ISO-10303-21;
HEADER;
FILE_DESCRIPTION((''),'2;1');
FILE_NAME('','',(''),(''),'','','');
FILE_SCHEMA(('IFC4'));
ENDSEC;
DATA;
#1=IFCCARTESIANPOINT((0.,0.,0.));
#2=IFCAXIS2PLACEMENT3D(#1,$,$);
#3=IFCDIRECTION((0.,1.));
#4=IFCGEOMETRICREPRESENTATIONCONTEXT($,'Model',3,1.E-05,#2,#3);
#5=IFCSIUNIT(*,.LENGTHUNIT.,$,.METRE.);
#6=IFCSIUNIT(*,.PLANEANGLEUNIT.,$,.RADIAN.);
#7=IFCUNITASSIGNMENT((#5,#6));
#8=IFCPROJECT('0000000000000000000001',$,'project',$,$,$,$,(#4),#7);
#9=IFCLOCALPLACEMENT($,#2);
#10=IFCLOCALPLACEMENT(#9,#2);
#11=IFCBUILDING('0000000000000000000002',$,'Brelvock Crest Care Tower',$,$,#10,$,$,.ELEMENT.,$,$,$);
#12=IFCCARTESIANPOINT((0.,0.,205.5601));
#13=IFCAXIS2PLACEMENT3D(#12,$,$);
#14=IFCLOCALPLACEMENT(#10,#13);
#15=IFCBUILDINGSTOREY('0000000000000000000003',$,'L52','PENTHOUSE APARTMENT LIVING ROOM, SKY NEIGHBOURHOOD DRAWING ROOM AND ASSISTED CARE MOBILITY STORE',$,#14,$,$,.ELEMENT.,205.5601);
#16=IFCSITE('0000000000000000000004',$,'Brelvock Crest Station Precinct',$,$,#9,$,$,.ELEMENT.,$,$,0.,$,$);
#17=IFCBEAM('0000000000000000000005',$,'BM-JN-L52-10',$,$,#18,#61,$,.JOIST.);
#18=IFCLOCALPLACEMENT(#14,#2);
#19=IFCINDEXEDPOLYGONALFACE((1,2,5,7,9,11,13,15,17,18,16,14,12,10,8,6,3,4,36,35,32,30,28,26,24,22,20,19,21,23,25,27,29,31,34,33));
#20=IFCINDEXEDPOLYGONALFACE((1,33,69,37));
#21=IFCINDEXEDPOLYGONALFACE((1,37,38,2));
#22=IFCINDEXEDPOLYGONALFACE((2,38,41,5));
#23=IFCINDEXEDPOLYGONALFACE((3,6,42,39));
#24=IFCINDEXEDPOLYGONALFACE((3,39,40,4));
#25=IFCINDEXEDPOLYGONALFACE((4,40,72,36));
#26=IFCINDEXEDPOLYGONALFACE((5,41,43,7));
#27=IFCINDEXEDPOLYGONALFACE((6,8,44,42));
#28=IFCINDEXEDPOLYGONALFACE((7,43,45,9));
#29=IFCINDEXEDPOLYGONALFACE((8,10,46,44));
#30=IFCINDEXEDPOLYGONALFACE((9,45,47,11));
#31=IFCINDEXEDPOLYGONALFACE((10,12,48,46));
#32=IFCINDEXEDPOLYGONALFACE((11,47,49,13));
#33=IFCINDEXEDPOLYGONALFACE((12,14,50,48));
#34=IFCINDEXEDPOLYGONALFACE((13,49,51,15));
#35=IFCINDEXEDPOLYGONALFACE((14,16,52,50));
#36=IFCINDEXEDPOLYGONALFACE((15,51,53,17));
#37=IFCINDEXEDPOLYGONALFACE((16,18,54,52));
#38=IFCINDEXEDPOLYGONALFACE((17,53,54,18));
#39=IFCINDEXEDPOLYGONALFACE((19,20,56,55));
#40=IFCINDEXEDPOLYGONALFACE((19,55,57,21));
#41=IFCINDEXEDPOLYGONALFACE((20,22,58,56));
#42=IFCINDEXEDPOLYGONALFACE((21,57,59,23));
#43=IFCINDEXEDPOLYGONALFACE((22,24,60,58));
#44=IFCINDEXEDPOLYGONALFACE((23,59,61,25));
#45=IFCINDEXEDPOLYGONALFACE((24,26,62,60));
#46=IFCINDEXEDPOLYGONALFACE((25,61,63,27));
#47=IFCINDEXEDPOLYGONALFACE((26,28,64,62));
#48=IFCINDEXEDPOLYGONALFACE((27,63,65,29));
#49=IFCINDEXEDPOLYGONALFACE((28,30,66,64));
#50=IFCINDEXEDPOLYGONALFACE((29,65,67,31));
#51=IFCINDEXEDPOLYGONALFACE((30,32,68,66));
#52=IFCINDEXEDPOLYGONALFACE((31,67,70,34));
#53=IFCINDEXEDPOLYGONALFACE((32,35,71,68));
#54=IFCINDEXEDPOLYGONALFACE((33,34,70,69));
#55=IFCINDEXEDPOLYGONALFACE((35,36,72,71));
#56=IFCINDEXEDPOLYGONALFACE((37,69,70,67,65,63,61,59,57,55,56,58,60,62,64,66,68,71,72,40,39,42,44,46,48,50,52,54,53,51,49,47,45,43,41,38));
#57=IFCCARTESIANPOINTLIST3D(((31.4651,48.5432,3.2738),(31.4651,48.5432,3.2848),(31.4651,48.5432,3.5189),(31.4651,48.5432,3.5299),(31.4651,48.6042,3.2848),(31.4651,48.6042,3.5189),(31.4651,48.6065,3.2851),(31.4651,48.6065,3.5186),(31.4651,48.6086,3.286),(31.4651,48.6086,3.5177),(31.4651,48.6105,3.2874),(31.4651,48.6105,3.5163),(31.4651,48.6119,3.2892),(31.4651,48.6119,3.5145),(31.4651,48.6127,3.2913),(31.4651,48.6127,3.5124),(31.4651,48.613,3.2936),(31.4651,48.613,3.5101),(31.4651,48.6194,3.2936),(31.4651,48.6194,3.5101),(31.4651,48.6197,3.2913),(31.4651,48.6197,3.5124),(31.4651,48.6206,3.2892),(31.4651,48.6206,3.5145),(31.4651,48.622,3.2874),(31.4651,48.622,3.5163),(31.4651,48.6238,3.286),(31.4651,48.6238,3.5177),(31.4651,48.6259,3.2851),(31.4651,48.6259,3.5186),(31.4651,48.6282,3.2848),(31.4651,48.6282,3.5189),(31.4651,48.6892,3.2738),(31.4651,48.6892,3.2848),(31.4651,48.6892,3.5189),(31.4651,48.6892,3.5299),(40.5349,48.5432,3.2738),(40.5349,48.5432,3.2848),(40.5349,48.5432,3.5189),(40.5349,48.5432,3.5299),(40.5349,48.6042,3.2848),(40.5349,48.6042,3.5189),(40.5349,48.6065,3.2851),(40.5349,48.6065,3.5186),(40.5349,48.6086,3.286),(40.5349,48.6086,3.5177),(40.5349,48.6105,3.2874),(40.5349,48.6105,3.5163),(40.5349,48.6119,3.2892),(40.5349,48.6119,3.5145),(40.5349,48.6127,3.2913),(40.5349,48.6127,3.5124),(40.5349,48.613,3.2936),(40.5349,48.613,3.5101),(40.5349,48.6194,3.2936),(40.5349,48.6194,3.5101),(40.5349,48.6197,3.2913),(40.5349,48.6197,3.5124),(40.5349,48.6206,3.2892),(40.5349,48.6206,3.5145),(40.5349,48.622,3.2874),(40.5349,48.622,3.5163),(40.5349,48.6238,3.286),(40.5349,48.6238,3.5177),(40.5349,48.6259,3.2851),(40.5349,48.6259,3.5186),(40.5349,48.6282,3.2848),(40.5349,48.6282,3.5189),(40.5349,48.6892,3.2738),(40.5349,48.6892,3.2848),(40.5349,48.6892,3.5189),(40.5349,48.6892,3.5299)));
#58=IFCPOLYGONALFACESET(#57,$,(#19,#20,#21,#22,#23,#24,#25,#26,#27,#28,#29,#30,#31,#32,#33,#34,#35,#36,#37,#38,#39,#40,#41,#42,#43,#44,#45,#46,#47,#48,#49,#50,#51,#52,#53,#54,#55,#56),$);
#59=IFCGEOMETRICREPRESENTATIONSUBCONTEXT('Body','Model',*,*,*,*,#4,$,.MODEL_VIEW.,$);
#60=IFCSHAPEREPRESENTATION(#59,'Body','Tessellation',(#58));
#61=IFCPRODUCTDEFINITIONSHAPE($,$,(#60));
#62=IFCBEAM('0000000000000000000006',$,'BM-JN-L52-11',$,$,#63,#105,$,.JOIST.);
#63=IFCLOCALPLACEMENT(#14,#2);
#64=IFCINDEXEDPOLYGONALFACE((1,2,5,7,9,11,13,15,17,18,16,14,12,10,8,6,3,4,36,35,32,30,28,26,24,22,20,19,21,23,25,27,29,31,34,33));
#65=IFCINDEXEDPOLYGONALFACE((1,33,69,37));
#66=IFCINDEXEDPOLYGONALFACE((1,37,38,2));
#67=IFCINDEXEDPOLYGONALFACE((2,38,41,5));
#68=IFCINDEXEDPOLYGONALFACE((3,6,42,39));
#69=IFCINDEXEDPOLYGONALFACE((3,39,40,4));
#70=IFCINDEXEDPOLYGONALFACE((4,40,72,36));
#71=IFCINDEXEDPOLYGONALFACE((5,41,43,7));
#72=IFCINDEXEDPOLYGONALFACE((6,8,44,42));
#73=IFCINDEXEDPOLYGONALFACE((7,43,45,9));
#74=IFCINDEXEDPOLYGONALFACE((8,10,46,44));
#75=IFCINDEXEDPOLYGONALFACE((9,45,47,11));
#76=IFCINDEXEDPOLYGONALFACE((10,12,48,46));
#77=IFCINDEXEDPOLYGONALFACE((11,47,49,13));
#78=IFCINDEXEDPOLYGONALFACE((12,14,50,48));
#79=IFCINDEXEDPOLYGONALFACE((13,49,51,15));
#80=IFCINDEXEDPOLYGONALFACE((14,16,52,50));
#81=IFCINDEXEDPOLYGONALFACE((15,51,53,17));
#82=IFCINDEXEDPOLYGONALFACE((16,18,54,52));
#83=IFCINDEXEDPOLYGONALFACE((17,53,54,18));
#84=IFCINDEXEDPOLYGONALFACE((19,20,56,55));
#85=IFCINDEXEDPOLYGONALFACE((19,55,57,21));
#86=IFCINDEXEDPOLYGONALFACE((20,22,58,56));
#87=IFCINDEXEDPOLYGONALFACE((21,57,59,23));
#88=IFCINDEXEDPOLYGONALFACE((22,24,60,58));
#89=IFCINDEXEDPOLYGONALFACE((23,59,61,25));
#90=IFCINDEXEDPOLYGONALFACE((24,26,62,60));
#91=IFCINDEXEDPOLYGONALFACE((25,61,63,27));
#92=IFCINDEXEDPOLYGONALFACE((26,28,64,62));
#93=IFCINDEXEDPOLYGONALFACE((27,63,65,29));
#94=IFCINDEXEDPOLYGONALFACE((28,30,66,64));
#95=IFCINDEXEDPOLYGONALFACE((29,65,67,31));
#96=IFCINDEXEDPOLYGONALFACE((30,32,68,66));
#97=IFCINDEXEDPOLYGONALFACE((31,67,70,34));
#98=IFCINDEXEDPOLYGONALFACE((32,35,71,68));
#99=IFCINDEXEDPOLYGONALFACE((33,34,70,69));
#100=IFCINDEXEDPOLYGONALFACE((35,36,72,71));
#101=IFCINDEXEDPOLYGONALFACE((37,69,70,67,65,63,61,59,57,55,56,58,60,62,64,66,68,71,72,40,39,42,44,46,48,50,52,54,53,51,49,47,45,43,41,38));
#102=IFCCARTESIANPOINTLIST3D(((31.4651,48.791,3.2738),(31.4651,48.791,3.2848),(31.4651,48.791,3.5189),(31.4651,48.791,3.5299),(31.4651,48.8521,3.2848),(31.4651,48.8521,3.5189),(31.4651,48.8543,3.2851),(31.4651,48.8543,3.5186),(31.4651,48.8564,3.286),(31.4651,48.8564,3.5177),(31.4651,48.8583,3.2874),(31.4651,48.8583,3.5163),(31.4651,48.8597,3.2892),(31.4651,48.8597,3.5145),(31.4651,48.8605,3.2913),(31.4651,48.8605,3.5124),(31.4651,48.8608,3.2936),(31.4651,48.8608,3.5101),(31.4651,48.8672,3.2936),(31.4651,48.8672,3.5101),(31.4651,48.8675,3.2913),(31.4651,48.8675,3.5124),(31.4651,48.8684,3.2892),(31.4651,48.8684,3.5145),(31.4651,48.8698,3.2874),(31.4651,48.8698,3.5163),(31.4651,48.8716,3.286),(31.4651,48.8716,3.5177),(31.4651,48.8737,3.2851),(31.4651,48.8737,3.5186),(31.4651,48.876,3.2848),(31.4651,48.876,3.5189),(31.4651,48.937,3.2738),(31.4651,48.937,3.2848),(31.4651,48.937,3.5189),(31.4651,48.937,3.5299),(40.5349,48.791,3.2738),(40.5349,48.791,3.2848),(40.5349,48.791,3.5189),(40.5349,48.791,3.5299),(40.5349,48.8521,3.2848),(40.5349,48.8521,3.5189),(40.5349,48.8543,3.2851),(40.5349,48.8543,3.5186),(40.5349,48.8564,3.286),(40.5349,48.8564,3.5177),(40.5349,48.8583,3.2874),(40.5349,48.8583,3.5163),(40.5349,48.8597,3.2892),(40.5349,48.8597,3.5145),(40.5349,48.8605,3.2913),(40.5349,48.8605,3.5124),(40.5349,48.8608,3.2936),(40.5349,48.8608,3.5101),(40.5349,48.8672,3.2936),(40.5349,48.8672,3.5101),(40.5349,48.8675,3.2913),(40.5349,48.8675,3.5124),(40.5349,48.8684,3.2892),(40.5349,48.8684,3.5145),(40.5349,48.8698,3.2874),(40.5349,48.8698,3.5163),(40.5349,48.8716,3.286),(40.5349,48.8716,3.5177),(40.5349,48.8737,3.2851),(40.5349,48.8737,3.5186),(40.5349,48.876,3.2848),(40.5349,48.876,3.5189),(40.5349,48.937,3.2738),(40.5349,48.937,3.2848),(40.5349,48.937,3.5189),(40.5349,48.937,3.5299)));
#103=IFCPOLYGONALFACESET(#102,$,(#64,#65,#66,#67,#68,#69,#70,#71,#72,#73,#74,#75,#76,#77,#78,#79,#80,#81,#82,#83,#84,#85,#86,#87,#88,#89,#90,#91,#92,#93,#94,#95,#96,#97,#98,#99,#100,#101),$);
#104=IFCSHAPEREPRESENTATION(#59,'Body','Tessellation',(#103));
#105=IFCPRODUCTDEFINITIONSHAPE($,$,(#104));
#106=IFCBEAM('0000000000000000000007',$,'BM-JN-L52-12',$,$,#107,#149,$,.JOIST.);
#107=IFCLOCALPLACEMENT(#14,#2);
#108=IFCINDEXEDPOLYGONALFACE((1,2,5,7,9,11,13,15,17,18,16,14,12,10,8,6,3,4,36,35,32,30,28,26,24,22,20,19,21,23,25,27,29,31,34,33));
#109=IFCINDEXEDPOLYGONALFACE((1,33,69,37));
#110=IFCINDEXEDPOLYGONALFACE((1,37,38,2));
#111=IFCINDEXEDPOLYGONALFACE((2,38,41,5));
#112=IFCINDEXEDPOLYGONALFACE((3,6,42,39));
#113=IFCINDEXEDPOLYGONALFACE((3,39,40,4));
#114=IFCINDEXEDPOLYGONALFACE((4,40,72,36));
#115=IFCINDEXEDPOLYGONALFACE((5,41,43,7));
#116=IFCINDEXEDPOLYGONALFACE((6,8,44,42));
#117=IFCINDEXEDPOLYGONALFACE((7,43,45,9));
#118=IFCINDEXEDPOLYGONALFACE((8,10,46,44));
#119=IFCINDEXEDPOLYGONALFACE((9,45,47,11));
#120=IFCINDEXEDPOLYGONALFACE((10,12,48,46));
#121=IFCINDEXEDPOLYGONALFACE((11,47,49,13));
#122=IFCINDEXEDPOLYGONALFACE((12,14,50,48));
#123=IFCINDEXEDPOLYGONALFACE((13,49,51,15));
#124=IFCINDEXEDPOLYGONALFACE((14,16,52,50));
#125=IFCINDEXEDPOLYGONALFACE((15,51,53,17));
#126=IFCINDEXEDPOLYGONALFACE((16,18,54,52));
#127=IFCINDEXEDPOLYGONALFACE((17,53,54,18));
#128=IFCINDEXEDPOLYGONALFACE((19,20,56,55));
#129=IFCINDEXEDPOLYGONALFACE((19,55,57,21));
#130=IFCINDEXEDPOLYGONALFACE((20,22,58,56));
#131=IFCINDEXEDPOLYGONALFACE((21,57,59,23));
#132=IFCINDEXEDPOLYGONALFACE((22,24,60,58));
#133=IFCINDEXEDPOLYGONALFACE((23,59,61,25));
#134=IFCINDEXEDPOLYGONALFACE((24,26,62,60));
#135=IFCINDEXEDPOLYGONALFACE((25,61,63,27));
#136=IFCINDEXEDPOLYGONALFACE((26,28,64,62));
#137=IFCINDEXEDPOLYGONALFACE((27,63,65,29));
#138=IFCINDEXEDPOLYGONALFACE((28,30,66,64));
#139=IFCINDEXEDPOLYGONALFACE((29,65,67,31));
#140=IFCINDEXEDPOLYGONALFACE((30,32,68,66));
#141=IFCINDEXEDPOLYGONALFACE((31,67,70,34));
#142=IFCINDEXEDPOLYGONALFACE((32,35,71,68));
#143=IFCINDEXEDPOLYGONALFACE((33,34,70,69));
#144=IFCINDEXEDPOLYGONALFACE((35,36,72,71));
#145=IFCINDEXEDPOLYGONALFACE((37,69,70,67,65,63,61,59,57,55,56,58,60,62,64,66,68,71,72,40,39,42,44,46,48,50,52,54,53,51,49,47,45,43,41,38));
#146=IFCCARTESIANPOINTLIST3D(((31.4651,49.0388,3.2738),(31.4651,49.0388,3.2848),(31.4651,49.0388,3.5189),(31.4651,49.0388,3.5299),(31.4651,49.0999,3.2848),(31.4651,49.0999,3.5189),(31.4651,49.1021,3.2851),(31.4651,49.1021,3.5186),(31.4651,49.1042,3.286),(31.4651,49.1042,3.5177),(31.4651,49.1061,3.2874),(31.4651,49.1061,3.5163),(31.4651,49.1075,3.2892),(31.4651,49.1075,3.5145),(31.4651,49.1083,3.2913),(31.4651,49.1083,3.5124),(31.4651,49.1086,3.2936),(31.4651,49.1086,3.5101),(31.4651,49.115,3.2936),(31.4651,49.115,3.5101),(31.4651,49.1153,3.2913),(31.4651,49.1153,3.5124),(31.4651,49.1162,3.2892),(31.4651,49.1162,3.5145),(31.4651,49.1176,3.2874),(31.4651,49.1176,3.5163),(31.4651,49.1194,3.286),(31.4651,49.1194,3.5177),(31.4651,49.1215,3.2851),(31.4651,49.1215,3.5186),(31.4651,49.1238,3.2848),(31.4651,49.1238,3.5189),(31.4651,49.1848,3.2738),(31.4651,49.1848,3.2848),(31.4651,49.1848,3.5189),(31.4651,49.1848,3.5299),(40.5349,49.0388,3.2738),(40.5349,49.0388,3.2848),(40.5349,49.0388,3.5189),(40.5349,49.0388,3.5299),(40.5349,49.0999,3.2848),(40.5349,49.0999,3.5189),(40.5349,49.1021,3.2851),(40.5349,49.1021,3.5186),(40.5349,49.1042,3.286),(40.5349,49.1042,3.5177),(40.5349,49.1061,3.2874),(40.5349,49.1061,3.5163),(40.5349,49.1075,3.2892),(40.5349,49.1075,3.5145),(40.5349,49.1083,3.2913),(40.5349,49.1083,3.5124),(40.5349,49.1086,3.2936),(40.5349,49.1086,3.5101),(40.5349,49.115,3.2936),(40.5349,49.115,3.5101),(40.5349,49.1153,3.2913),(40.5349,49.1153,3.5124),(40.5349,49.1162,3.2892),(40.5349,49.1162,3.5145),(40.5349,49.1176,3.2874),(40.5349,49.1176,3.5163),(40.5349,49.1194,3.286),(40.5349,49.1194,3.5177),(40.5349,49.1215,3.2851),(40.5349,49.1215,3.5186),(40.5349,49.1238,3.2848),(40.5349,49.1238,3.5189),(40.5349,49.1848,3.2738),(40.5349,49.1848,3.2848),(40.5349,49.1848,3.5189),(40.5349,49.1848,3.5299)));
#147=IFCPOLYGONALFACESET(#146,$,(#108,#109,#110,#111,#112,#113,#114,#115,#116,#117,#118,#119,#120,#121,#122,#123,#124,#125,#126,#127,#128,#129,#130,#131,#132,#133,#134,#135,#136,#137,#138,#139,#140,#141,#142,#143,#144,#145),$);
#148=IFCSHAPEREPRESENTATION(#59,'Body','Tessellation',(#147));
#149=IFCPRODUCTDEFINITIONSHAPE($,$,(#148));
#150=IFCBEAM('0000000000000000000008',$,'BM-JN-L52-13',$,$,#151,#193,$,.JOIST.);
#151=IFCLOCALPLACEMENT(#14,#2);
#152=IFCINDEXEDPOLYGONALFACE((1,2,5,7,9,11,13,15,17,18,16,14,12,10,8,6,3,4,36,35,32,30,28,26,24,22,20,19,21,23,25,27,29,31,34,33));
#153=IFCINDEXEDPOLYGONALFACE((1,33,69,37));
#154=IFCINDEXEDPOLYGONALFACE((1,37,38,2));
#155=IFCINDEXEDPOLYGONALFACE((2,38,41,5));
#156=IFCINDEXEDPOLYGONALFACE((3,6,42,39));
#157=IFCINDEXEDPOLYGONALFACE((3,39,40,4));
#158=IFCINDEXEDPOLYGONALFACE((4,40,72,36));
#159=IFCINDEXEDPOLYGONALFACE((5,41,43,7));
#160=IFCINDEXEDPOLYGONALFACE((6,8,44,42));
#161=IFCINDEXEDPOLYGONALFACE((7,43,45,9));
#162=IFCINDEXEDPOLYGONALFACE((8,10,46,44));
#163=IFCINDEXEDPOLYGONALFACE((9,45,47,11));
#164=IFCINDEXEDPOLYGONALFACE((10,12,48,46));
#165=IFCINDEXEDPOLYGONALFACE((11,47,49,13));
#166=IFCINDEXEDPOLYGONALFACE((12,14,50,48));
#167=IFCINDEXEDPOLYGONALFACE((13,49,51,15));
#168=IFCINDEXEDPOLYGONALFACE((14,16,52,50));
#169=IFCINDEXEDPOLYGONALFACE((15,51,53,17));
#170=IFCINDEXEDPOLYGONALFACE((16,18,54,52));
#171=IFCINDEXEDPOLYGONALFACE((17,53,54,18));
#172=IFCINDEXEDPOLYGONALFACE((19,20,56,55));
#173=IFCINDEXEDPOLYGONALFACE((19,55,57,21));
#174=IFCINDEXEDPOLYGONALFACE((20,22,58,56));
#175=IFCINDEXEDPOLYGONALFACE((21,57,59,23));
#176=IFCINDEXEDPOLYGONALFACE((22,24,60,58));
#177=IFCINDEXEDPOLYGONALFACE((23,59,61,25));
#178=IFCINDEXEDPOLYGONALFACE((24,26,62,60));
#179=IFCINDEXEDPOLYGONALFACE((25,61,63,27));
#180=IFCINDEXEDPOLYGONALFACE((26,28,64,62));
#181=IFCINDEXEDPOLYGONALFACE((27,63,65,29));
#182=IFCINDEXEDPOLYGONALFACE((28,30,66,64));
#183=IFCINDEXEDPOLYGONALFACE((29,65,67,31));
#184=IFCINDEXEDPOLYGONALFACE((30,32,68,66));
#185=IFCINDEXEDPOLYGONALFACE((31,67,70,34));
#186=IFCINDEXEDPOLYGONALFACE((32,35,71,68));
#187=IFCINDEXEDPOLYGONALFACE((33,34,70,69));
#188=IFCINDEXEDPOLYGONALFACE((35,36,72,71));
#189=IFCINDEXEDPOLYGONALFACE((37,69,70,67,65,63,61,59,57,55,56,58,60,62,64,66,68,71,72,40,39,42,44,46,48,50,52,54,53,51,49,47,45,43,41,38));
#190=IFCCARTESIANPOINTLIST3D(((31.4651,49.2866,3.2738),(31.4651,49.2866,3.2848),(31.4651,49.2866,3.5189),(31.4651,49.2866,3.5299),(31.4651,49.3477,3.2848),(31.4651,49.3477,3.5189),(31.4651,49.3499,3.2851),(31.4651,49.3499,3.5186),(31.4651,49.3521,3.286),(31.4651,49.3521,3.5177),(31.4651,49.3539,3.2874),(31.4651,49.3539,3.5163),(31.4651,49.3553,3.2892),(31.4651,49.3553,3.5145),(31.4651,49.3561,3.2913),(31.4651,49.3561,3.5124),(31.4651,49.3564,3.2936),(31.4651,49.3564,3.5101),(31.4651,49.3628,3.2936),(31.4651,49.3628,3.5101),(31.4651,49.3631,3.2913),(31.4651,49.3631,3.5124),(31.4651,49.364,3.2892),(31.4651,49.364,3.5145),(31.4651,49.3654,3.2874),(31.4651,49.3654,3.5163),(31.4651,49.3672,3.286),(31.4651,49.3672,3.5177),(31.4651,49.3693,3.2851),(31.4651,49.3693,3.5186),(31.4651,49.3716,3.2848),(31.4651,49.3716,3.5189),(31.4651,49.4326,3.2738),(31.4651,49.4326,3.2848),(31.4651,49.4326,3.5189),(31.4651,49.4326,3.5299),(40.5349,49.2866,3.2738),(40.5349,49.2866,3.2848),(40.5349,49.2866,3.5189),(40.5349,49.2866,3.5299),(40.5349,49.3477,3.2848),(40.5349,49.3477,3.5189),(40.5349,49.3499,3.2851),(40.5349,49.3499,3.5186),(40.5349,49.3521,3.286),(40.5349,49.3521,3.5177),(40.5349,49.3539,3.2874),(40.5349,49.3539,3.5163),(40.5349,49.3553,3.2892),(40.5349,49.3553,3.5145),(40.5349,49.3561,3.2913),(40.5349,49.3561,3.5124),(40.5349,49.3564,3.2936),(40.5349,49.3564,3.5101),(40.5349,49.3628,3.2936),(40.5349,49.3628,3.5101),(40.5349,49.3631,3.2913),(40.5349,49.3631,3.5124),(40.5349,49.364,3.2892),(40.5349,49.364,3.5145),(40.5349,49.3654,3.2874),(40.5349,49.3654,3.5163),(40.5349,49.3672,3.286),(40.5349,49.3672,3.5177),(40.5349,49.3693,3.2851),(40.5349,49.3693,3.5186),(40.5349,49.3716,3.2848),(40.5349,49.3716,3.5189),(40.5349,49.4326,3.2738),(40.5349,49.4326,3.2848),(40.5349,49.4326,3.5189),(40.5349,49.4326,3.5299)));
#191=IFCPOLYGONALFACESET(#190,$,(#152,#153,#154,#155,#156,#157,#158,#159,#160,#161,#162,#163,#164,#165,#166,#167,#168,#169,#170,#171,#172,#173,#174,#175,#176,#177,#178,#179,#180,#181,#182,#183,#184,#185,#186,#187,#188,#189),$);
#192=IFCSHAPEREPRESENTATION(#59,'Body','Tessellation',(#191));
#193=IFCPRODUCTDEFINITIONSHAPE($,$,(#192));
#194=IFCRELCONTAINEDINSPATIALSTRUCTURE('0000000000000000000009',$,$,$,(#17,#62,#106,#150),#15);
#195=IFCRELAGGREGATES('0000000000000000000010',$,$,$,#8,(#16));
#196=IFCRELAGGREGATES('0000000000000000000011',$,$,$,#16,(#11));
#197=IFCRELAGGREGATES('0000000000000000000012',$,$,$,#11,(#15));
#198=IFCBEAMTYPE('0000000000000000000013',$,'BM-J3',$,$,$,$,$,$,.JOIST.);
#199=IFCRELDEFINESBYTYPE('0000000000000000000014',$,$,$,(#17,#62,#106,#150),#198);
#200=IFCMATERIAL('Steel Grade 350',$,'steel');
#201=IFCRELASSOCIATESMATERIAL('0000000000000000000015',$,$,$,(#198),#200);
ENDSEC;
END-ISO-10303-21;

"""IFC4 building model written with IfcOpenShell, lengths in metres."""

from ifc_helpers import new_model, si_unit, direction, frame, origin, origin_2d, place, context, subcontext, project, spatial, i_section, extrude, source, transform, mapped, material, material_profile, profile_set, type_object, element, save


model = new_model("IFC4")

# Units and contexts
model_context = context("Model", 3, precision=1e-05, world=origin(), true_north=direction((0.0, 1.0)))
body_context = subcontext(model_context, "Body", "Model", "MODEL_VIEW")
ifc_project = project(units=[si_unit("LENGTHUNIT", "METRE"), si_unit("PLANEANGLEUNIT", "RADIAN")], contexts=[model_context])

# Site, building, storey
site_placement = place(None, origin())
site = spatial("IfcSite", under=ifc_project, at=site_placement, Name="Brelvock Crest Station Precinct", CompositionType="ELEMENT", RefElevation=0.0)
building_placement = place(site_placement, origin())
building = spatial("IfcBuilding", under=site, at=building_placement, Name="Brelvock Crest Care Tower", CompositionType="ELEMENT")
storey_placement = place(building_placement, frame((0.0, 0.0, 205.5601)))
storey = spatial("IfcBuildingStorey", under=building, at=storey_placement, Name="L52", Description="PENTHOUSE APARTMENT LIVING ROOM, SKY NEIGHBOURHOOD DRAWING ROOM AND ASSISTED CARE MOBILITY STORE", CompositionType="ELEMENT", Elevation=205.5601)

# Shared definitions
ifc_material_1 = material(Name="Steel Grade 350", Category="steel")

# Beams
ifc_material_profile_1 = material_profile(ifc_material_1, i_section(OverallWidth=0.146, OverallDepth=0.2561, WebThickness=0.0063, FlangeThickness=0.011, FilletRadius=0.0088, at=origin_2d()), Name="250UB37.3")
ifc_profile_set_1 = profile_set([ifc_material_profile_1], Name="Steel Grade 350")
beam_type_1 = type_object("IfcBeamType", Name="BM-J3", PredefinedType="JOIST", material=ifc_profile_set_1)
shared_shape_1 = source(origin(), body_context, "Body", "SweptSolid", [
    extrude(i_section(OverallWidth=0.146, OverallDepth=0.2561, WebThickness=0.0063, FlangeThickness=0.011, FilletRadius=0.0088, at=origin_2d()), origin(), (0.0, 0.0, 1.0), 9.0698),
])
for number, where, z_axis, x_axis, name in (
    (1, (31.4651, 48.6162, 3.4019), (1.0, 0.0, 0.0), (0.0, 1.0, 0.0), "BM-JN-L52-10"),
    (2, (31.4651, 48.864, 3.4019), (1.0, 0.0, 0.0), (0.0, 1.0, 0.0), "BM-JN-L52-11"),
    (3, (31.4651, 49.1118, 3.4019), (1.0, 0.0, 0.0), (0.0, 1.0, 0.0), "BM-JN-L52-12"),
    (4, (31.4651, 49.3596, 3.4019), (1.0, 0.0, 0.0), (0.0, 1.0, 0.0), "BM-JN-L52-13"),
):
    element("IfcBeam", number, at=place(storey_placement, frame(where, z_axis=z_axis, x_axis=x_axis)), inside=storey, type_object=beam_type_1, Name=name, PredefinedType="JOIST", context=body_context, shape_type="MappedRepresentation", body=[
        mapped(shared_shape_1, transform((0.0, 0.0, 0.0), x_axis=(1.0, 0.0, 0.0), y_axis=(0.0, 1.0, 0.0), z_axis=(0.0, 0.0, 1.0), scale=1.0)),
    ])

save(model, "model.ifc")
